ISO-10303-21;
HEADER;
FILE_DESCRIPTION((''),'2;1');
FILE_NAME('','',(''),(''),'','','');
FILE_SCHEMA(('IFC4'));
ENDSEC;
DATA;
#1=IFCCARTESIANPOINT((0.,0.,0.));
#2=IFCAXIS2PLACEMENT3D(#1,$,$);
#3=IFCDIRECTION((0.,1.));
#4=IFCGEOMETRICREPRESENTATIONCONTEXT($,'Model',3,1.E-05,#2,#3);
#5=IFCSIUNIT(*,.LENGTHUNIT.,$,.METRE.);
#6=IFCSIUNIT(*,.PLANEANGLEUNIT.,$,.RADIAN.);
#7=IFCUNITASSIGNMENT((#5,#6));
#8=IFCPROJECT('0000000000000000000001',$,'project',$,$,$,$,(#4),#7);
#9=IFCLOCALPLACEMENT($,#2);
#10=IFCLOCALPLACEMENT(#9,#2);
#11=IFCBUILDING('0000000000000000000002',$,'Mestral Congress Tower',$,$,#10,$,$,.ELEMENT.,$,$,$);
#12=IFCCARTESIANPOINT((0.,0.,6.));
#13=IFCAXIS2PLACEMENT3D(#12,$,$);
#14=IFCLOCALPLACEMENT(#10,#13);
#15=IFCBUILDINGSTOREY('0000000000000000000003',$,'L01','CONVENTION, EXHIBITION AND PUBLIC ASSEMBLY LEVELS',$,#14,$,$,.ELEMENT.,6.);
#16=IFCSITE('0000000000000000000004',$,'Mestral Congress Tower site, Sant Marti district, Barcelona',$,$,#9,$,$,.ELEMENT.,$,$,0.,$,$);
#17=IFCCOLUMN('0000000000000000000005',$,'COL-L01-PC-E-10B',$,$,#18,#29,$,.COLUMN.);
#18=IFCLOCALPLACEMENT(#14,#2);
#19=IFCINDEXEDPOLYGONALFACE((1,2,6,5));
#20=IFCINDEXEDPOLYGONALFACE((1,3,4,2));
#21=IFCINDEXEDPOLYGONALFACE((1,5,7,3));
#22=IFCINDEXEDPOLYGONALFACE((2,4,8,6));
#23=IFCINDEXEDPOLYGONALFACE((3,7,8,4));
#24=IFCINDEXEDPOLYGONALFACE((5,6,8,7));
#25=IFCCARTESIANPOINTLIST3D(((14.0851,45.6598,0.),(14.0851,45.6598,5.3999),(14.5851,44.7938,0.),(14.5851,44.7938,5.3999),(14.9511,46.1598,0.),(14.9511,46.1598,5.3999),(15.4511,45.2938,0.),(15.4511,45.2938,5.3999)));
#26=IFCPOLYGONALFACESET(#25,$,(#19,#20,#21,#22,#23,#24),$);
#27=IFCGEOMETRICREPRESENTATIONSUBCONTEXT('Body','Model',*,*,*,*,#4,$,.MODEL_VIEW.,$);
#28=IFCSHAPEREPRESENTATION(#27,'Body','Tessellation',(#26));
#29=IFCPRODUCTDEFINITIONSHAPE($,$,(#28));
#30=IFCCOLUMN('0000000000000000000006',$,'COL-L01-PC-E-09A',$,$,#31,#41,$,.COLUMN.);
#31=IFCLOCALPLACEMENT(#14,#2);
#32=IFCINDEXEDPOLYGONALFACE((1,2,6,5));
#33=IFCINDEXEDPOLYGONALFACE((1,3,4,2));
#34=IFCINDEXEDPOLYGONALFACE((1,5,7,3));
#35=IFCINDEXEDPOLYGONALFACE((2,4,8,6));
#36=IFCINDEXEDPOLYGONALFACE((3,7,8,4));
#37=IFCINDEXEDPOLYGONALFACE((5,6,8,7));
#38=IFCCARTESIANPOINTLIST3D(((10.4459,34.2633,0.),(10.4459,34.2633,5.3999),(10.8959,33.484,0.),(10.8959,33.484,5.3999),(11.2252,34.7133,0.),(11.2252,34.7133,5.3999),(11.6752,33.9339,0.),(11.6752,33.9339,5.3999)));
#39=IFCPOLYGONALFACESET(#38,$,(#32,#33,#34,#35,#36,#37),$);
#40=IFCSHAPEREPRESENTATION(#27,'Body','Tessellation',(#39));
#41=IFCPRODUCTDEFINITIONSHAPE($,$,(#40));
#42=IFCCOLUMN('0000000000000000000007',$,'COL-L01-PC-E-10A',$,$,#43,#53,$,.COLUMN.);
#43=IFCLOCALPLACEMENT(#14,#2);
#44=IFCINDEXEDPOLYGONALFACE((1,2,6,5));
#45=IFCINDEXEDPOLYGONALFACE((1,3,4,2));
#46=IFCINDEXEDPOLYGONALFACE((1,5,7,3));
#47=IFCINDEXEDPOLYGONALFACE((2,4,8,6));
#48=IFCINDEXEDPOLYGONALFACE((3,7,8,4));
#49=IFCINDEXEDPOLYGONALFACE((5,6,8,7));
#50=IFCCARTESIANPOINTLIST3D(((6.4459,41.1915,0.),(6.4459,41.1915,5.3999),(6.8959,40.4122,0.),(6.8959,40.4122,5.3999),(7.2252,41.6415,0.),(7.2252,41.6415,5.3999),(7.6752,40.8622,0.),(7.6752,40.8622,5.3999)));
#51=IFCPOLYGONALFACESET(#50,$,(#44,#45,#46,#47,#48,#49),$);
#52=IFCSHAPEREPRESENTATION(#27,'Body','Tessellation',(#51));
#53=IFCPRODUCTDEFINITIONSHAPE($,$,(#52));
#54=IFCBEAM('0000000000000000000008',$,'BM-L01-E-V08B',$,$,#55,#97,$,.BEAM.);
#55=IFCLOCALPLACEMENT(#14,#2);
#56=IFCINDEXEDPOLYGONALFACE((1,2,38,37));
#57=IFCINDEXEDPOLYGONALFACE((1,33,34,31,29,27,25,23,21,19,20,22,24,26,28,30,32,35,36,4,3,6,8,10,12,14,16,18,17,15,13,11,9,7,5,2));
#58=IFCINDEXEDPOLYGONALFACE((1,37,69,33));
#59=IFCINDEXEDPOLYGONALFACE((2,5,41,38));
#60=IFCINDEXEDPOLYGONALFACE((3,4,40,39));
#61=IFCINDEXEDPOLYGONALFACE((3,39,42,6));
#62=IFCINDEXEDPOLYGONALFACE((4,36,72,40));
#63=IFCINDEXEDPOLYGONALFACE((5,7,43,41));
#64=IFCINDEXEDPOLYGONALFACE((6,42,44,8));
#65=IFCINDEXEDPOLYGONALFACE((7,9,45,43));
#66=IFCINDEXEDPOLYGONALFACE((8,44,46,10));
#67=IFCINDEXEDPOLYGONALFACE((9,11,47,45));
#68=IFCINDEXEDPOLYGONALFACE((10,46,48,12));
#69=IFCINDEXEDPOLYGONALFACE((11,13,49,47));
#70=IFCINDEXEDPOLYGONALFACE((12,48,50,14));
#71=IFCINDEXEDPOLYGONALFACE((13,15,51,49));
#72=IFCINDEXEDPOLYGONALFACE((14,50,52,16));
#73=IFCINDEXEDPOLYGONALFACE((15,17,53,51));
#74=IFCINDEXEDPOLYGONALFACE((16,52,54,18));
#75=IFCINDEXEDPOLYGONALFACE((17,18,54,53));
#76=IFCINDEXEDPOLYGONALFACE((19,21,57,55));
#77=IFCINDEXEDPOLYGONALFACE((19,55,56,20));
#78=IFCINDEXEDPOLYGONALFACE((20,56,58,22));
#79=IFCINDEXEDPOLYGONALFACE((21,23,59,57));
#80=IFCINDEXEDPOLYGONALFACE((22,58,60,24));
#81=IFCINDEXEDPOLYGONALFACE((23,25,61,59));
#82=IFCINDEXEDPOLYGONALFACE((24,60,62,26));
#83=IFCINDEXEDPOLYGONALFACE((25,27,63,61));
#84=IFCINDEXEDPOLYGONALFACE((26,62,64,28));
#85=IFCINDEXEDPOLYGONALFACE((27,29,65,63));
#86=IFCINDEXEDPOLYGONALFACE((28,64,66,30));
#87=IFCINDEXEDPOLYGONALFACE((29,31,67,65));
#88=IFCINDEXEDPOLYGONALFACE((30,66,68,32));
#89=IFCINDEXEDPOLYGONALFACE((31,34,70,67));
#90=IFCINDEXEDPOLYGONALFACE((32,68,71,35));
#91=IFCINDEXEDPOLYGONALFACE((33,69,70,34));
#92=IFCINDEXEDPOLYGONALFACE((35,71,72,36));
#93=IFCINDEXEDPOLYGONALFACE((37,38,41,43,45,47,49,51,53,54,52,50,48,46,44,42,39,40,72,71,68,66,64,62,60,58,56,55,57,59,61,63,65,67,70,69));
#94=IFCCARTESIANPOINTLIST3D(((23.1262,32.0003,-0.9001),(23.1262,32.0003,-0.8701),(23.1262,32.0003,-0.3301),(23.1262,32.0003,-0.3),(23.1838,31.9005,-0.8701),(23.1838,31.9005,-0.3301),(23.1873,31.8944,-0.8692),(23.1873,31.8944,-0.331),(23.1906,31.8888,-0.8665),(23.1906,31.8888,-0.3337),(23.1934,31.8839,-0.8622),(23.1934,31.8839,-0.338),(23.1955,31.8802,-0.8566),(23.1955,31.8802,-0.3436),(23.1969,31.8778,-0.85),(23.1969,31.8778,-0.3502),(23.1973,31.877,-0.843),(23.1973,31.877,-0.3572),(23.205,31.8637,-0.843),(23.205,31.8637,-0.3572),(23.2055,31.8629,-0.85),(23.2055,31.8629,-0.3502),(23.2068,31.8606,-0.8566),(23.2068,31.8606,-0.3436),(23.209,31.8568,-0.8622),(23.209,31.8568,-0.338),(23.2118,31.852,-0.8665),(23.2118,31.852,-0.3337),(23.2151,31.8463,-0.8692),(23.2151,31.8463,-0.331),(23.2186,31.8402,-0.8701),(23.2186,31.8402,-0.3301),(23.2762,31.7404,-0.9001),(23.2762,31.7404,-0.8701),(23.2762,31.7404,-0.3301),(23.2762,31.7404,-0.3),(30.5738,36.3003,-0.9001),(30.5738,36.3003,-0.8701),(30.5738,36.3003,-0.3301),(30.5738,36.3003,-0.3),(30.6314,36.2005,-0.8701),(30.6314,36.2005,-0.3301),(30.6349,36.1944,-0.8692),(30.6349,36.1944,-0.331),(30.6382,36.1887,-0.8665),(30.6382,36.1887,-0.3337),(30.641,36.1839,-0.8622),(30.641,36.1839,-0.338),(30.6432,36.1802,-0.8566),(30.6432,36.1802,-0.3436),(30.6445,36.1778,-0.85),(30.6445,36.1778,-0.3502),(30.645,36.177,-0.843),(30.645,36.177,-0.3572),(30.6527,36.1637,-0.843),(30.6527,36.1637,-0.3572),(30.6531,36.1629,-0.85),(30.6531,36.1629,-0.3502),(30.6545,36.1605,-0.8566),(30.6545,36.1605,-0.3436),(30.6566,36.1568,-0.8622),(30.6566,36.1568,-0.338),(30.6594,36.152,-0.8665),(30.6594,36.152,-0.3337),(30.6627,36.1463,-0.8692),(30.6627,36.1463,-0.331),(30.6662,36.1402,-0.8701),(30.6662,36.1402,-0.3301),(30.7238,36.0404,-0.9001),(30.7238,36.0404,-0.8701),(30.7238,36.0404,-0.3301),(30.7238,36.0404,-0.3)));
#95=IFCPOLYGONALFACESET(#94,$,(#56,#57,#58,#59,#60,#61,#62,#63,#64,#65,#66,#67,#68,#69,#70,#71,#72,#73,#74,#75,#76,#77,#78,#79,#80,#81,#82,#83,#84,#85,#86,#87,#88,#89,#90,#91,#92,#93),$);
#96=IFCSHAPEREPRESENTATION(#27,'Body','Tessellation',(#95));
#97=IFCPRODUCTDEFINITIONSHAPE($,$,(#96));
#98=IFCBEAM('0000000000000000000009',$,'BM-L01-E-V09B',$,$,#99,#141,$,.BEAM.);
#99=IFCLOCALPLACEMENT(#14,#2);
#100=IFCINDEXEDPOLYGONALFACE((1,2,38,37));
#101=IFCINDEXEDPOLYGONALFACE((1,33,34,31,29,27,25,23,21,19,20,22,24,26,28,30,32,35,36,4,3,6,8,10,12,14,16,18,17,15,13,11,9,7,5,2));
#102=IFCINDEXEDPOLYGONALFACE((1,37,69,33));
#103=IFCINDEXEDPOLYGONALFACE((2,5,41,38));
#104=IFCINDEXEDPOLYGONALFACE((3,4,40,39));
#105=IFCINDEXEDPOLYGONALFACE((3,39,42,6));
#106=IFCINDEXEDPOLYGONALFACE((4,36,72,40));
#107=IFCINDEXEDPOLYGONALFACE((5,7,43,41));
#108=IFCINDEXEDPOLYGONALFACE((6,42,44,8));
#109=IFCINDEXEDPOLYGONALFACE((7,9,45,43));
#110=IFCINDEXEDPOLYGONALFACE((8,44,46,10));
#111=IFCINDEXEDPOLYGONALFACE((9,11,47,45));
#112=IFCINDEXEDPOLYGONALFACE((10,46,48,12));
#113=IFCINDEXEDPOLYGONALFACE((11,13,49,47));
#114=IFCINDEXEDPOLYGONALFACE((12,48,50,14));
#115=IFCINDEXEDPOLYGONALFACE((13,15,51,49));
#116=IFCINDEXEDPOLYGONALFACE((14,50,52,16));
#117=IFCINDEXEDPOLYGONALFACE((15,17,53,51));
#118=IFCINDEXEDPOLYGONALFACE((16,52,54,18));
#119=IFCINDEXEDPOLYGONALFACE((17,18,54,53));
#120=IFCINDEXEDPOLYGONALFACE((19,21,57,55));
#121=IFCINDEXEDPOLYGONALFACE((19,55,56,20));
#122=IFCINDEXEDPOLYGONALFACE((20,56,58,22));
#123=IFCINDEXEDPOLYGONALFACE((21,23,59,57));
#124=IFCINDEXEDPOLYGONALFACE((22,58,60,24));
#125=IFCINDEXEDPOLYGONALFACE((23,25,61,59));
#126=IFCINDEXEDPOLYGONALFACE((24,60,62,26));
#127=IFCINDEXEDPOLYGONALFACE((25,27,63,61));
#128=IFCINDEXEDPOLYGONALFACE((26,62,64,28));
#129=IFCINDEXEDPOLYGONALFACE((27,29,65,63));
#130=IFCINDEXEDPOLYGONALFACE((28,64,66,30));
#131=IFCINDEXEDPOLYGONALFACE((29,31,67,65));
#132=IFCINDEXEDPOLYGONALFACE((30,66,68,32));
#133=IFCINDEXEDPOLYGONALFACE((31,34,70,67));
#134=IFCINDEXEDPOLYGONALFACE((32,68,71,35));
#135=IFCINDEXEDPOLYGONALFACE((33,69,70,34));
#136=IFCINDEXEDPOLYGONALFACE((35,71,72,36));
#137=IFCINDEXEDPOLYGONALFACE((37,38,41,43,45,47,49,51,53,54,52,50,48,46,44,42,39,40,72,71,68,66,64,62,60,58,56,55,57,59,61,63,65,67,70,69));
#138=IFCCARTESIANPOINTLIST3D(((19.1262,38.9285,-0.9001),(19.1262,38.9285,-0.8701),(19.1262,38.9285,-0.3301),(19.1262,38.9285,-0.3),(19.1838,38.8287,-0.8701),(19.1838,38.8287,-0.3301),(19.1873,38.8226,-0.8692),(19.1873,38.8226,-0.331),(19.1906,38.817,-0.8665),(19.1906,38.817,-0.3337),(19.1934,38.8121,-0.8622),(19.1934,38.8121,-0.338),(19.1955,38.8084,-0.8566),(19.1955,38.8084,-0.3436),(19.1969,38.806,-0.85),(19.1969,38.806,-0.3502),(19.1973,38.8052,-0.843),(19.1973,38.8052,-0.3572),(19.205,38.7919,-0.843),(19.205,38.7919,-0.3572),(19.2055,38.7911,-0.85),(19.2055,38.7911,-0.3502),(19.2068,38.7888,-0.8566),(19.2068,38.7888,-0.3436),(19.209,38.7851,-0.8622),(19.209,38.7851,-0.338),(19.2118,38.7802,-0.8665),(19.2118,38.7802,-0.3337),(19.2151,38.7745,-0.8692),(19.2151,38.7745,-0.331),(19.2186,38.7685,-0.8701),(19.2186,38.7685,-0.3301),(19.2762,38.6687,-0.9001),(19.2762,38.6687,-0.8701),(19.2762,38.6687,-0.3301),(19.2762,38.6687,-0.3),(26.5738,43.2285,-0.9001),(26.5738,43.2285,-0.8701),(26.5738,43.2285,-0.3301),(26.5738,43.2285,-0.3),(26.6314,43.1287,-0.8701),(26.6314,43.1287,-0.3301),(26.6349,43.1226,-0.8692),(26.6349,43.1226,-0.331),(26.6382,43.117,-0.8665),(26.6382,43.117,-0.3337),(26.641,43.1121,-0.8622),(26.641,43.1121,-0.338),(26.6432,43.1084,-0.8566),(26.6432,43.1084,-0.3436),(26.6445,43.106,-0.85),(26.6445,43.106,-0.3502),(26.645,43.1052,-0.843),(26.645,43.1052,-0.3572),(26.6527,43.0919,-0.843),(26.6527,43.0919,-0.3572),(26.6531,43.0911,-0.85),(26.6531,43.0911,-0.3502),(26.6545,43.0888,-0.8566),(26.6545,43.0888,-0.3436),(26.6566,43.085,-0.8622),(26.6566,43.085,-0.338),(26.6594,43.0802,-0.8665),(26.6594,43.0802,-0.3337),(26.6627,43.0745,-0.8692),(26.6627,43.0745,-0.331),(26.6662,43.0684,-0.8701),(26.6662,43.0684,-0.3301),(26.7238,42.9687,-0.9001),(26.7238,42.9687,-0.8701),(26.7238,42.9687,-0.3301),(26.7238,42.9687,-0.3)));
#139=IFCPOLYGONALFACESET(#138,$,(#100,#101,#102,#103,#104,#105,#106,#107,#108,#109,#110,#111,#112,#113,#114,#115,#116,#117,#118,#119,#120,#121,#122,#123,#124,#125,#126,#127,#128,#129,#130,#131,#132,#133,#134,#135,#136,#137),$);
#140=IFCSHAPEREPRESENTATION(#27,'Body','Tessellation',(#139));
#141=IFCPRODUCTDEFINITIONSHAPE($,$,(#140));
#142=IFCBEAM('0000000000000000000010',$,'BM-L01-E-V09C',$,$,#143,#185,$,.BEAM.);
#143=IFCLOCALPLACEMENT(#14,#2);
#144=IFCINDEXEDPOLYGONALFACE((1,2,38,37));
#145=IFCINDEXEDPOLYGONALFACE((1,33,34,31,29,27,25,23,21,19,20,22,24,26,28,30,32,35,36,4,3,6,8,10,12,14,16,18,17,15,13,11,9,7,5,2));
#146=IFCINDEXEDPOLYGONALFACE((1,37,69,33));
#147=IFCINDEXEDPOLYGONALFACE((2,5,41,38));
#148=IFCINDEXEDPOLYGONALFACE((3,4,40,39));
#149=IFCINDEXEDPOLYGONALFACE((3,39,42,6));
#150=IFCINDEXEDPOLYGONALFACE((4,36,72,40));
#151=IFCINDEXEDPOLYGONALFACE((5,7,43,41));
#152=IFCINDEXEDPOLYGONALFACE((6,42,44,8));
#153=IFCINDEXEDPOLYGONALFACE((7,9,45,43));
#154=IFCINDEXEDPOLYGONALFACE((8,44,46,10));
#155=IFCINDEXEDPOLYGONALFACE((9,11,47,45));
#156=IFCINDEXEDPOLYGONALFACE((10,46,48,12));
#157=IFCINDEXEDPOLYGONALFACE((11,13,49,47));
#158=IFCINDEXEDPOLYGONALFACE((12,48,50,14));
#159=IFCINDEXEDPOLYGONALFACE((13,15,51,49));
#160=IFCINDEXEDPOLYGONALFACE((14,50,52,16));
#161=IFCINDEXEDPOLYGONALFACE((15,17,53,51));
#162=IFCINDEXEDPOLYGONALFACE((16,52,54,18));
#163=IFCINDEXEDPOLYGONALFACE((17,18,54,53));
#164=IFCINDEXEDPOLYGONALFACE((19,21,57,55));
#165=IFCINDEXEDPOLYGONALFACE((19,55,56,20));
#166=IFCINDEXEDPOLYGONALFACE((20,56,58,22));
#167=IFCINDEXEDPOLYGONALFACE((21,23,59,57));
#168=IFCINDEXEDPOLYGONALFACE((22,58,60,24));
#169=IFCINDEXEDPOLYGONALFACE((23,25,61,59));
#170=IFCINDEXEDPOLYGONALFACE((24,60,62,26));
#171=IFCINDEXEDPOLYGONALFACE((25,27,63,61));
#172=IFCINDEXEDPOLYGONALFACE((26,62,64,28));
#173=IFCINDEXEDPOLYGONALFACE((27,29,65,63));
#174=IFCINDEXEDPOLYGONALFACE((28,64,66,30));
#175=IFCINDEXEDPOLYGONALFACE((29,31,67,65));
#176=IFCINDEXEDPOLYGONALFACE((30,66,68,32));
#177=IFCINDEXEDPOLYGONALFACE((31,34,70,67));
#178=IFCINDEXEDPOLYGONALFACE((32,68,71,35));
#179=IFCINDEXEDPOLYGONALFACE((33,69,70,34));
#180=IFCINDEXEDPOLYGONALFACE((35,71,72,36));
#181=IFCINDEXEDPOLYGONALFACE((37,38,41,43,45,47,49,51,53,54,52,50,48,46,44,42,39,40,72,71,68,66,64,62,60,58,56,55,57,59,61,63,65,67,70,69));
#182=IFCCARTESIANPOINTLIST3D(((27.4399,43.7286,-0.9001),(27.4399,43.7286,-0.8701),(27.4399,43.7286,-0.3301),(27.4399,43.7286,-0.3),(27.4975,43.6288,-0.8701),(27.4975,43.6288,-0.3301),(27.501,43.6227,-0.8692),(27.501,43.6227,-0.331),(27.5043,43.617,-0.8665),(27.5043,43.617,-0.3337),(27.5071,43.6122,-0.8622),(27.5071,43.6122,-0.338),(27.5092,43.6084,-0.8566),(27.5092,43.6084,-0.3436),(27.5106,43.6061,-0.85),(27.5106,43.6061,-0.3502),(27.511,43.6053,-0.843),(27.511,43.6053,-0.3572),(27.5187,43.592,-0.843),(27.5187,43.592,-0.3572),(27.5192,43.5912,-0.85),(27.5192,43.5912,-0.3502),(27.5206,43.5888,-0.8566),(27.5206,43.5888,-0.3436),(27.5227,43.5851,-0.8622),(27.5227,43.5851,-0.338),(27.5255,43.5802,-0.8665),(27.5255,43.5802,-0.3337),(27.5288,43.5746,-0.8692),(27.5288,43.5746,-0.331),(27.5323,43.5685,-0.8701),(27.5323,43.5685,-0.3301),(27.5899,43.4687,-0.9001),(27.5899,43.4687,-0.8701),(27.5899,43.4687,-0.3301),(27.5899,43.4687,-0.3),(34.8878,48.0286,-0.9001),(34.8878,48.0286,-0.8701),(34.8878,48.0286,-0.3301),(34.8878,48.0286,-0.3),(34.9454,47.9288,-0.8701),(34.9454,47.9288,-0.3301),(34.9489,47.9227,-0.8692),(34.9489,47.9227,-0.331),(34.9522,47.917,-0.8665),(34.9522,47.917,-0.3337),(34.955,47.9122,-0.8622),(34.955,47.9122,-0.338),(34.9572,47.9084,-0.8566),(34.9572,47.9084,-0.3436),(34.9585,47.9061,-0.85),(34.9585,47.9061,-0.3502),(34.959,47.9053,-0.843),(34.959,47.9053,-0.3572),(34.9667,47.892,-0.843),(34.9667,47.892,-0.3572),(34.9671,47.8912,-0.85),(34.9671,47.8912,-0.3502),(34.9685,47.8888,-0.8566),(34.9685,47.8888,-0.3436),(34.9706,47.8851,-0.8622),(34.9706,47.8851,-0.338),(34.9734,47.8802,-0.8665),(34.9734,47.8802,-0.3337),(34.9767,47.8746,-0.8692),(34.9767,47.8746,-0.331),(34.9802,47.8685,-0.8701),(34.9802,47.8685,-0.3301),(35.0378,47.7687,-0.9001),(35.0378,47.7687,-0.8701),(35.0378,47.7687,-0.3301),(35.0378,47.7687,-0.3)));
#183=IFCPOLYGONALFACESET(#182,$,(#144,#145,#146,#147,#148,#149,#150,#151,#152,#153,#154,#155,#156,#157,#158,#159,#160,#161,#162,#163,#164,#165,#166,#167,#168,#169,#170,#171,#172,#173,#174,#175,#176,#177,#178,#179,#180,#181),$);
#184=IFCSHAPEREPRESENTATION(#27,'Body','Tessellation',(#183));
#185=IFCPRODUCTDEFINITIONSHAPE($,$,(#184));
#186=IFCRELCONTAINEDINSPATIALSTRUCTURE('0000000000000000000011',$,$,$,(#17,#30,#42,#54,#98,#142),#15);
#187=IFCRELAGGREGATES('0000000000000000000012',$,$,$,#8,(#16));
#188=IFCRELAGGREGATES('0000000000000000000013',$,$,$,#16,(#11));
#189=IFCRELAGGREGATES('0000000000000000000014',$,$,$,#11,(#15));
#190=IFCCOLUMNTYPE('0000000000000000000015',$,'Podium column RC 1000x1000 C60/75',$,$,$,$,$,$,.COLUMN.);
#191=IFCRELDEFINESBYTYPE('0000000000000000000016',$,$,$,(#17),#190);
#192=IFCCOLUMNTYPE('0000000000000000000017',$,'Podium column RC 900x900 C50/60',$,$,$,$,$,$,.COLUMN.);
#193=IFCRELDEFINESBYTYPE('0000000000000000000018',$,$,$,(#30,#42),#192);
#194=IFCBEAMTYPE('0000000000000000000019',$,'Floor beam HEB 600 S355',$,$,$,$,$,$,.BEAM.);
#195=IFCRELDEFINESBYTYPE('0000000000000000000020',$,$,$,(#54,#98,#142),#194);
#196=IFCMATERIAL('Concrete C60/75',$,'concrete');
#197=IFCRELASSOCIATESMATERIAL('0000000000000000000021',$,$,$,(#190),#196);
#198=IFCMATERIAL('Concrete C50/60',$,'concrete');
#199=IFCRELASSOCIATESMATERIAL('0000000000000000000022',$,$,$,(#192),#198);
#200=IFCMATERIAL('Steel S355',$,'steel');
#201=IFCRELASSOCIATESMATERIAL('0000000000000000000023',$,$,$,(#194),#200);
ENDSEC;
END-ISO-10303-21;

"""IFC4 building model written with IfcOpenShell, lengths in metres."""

from ifc_helpers import new_model, si_unit, direction, frame, origin, origin_2d, place, context, subcontext, project, spatial, rectangle, i_section, extrude, material, material_profile, profile_set, type_object, element, save


model = new_model("IFC4")

# Units and contexts
model_context = context("Model", 3, precision=1e-05, world=origin(), true_north=direction((0.0, 1.0)))
body_context = subcontext(model_context, "Body", "Model", "MODEL_VIEW")
ifc_project = project(units=[si_unit("LENGTHUNIT", "METRE"), si_unit("PLANEANGLEUNIT", "RADIAN")], contexts=[model_context])

# Site, building, storey
site_placement = place(None, origin())
site = spatial("IfcSite", under=ifc_project, at=site_placement, Name="Mestral Congress Tower site, Sant Marti district, Barcelona", CompositionType="ELEMENT", RefElevation=0.0)
building_placement = place(site_placement, origin())
building = spatial("IfcBuilding", under=site, at=building_placement, Name="Mestral Congress Tower", CompositionType="ELEMENT")
storey_placement = place(building_placement, frame((0.0, 0.0, 6.0)))
storey = spatial("IfcBuildingStorey", under=building, at=storey_placement, Name="L01", Description="CONVENTION, EXHIBITION AND PUBLIC ASSEMBLY LEVELS", CompositionType="ELEMENT", Elevation=6.0)

# Columns
ifc_material_1 = material(Name="Concrete C60/75", Category="concrete")
ifc_material_profile_1 = material_profile(ifc_material_1, rectangle(XDim=1.0, YDim=1.0, at=origin_2d()), Name="RC 1000x1000")
ifc_profile_set_1 = profile_set([ifc_material_profile_1], Name="Concrete C60/75")
column_type_1 = type_object("IfcColumnType", Name="Podium column RC 1000x1000 C60/75", PredefinedType="COLUMN", material=ifc_profile_set_1)
column_placement = place(storey_placement, frame((14.7681, 45.4768, 0.0), z_axis=(0.0, 0.0, 1.0), x_axis=(-0.5, 0.866025, 0.0)))
element("IfcColumn", 1, at=column_placement, inside=storey, type_object=column_type_1, Name="COL-L01-PC-E-10B", PredefinedType="COLUMN", context=body_context, shape_type="SweptSolid", body=[
    extrude(rectangle(XDim=1.0, YDim=1.0, at=origin_2d()), origin(), (0.0, 0.0, 1.0), 5.3999),
])
ifc_material_2 = material(Name="Concrete C50/60", Category="concrete")
ifc_material_profile_2 = material_profile(ifc_material_2, rectangle(XDim=0.8999, YDim=0.8999, at=origin_2d()), Name="RC 900x900")
ifc_profile_set_2 = profile_set([ifc_material_profile_2], Name="Concrete C50/60")
column_type_2 = type_object("IfcColumnType", Name="Podium column RC 900x900 C50/60", PredefinedType="COLUMN", material=ifc_profile_set_2)
for number, where, z_axis, x_axis, name in (
    (2, (11.0605, 34.0986, 0.0), (0.0, 0.0, 1.0), (-0.5, 0.866025, 0.0), "COL-L01-PC-E-09A"),
    (3, (7.0605, 41.0269, 0.0), (0.0, 0.0, 1.0), (-0.5, 0.866025, 0.0), "COL-L01-PC-E-10A"),
):
    element("IfcColumn", number, at=place(storey_placement, frame(where, z_axis=z_axis, x_axis=x_axis)), inside=storey, type_object=column_type_2, Name=name, PredefinedType="COLUMN", context=body_context, shape_type="SweptSolid", body=[
        extrude(rectangle(XDim=0.8999, YDim=0.8999, at=origin_2d()), origin(), (0.0, 0.0, 1.0), 5.3999),
    ])

# Beams
ifc_material_3 = material(Name="Steel S355", Category="steel")
ifc_material_profile_3 = material_profile(ifc_material_3, i_section(OverallWidth=0.3, OverallDepth=0.6001, WebThickness=0.0154, FlangeThickness=0.03, FilletRadius=0.0271, at=origin_2d()), Name="HEB 600")
ifc_profile_set_3 = profile_set([ifc_material_profile_3], Name="Steel S355")
beam_type_1 = type_object("IfcBeamType", Name="Floor beam HEB 600 S355", PredefinedType="BEAM", material=ifc_profile_set_3)
for number, where, z_axis, x_axis, name in (
    (4, (23.2012, 31.8704, -0.6001), (0.866021, 0.500008, 0.0), (-0.500008, 0.866021, 0.0), "BM-L01-E-V08B"),
    (5, (19.2012, 38.7986, -0.6001), (0.866021, 0.500008, 0.0), (-0.500008, 0.866021, 0.0), "BM-L01-E-V09B"),
):
    element("IfcBeam", number, at=place(storey_placement, frame(where, z_axis=z_axis, x_axis=x_axis)), inside=storey, type_object=beam_type_1, Name=name, PredefinedType="BEAM", context=body_context, shape_type="SweptSolid", body=[
        extrude(i_section(OverallWidth=0.3, OverallDepth=0.6001, WebThickness=0.0154, FlangeThickness=0.03, FilletRadius=0.0271, at=origin_2d()), origin(), (0.0, 0.0, 1.0), 8.5999),
    ])
beam_1_placement = place(storey_placement, frame((27.5149, 43.5986, -0.6001), z_axis=(0.866028, 0.499995, 0.0), x_axis=(-0.499995, 0.866028, 0.0)))
element("IfcBeam", 6, at=beam_1_placement, inside=storey, type_object=beam_type_1, Name="BM-L01-E-V09C", PredefinedType="BEAM", context=body_context, shape_type="SweptSolid", body=[
    extrude(i_section(OverallWidth=0.3, OverallDepth=0.6001, WebThickness=0.0154, FlangeThickness=0.03, FilletRadius=0.0271, at=origin_2d()), origin(), (0.0, 0.0, 1.0), 8.6001),
])

save(model, "model.ifc")
